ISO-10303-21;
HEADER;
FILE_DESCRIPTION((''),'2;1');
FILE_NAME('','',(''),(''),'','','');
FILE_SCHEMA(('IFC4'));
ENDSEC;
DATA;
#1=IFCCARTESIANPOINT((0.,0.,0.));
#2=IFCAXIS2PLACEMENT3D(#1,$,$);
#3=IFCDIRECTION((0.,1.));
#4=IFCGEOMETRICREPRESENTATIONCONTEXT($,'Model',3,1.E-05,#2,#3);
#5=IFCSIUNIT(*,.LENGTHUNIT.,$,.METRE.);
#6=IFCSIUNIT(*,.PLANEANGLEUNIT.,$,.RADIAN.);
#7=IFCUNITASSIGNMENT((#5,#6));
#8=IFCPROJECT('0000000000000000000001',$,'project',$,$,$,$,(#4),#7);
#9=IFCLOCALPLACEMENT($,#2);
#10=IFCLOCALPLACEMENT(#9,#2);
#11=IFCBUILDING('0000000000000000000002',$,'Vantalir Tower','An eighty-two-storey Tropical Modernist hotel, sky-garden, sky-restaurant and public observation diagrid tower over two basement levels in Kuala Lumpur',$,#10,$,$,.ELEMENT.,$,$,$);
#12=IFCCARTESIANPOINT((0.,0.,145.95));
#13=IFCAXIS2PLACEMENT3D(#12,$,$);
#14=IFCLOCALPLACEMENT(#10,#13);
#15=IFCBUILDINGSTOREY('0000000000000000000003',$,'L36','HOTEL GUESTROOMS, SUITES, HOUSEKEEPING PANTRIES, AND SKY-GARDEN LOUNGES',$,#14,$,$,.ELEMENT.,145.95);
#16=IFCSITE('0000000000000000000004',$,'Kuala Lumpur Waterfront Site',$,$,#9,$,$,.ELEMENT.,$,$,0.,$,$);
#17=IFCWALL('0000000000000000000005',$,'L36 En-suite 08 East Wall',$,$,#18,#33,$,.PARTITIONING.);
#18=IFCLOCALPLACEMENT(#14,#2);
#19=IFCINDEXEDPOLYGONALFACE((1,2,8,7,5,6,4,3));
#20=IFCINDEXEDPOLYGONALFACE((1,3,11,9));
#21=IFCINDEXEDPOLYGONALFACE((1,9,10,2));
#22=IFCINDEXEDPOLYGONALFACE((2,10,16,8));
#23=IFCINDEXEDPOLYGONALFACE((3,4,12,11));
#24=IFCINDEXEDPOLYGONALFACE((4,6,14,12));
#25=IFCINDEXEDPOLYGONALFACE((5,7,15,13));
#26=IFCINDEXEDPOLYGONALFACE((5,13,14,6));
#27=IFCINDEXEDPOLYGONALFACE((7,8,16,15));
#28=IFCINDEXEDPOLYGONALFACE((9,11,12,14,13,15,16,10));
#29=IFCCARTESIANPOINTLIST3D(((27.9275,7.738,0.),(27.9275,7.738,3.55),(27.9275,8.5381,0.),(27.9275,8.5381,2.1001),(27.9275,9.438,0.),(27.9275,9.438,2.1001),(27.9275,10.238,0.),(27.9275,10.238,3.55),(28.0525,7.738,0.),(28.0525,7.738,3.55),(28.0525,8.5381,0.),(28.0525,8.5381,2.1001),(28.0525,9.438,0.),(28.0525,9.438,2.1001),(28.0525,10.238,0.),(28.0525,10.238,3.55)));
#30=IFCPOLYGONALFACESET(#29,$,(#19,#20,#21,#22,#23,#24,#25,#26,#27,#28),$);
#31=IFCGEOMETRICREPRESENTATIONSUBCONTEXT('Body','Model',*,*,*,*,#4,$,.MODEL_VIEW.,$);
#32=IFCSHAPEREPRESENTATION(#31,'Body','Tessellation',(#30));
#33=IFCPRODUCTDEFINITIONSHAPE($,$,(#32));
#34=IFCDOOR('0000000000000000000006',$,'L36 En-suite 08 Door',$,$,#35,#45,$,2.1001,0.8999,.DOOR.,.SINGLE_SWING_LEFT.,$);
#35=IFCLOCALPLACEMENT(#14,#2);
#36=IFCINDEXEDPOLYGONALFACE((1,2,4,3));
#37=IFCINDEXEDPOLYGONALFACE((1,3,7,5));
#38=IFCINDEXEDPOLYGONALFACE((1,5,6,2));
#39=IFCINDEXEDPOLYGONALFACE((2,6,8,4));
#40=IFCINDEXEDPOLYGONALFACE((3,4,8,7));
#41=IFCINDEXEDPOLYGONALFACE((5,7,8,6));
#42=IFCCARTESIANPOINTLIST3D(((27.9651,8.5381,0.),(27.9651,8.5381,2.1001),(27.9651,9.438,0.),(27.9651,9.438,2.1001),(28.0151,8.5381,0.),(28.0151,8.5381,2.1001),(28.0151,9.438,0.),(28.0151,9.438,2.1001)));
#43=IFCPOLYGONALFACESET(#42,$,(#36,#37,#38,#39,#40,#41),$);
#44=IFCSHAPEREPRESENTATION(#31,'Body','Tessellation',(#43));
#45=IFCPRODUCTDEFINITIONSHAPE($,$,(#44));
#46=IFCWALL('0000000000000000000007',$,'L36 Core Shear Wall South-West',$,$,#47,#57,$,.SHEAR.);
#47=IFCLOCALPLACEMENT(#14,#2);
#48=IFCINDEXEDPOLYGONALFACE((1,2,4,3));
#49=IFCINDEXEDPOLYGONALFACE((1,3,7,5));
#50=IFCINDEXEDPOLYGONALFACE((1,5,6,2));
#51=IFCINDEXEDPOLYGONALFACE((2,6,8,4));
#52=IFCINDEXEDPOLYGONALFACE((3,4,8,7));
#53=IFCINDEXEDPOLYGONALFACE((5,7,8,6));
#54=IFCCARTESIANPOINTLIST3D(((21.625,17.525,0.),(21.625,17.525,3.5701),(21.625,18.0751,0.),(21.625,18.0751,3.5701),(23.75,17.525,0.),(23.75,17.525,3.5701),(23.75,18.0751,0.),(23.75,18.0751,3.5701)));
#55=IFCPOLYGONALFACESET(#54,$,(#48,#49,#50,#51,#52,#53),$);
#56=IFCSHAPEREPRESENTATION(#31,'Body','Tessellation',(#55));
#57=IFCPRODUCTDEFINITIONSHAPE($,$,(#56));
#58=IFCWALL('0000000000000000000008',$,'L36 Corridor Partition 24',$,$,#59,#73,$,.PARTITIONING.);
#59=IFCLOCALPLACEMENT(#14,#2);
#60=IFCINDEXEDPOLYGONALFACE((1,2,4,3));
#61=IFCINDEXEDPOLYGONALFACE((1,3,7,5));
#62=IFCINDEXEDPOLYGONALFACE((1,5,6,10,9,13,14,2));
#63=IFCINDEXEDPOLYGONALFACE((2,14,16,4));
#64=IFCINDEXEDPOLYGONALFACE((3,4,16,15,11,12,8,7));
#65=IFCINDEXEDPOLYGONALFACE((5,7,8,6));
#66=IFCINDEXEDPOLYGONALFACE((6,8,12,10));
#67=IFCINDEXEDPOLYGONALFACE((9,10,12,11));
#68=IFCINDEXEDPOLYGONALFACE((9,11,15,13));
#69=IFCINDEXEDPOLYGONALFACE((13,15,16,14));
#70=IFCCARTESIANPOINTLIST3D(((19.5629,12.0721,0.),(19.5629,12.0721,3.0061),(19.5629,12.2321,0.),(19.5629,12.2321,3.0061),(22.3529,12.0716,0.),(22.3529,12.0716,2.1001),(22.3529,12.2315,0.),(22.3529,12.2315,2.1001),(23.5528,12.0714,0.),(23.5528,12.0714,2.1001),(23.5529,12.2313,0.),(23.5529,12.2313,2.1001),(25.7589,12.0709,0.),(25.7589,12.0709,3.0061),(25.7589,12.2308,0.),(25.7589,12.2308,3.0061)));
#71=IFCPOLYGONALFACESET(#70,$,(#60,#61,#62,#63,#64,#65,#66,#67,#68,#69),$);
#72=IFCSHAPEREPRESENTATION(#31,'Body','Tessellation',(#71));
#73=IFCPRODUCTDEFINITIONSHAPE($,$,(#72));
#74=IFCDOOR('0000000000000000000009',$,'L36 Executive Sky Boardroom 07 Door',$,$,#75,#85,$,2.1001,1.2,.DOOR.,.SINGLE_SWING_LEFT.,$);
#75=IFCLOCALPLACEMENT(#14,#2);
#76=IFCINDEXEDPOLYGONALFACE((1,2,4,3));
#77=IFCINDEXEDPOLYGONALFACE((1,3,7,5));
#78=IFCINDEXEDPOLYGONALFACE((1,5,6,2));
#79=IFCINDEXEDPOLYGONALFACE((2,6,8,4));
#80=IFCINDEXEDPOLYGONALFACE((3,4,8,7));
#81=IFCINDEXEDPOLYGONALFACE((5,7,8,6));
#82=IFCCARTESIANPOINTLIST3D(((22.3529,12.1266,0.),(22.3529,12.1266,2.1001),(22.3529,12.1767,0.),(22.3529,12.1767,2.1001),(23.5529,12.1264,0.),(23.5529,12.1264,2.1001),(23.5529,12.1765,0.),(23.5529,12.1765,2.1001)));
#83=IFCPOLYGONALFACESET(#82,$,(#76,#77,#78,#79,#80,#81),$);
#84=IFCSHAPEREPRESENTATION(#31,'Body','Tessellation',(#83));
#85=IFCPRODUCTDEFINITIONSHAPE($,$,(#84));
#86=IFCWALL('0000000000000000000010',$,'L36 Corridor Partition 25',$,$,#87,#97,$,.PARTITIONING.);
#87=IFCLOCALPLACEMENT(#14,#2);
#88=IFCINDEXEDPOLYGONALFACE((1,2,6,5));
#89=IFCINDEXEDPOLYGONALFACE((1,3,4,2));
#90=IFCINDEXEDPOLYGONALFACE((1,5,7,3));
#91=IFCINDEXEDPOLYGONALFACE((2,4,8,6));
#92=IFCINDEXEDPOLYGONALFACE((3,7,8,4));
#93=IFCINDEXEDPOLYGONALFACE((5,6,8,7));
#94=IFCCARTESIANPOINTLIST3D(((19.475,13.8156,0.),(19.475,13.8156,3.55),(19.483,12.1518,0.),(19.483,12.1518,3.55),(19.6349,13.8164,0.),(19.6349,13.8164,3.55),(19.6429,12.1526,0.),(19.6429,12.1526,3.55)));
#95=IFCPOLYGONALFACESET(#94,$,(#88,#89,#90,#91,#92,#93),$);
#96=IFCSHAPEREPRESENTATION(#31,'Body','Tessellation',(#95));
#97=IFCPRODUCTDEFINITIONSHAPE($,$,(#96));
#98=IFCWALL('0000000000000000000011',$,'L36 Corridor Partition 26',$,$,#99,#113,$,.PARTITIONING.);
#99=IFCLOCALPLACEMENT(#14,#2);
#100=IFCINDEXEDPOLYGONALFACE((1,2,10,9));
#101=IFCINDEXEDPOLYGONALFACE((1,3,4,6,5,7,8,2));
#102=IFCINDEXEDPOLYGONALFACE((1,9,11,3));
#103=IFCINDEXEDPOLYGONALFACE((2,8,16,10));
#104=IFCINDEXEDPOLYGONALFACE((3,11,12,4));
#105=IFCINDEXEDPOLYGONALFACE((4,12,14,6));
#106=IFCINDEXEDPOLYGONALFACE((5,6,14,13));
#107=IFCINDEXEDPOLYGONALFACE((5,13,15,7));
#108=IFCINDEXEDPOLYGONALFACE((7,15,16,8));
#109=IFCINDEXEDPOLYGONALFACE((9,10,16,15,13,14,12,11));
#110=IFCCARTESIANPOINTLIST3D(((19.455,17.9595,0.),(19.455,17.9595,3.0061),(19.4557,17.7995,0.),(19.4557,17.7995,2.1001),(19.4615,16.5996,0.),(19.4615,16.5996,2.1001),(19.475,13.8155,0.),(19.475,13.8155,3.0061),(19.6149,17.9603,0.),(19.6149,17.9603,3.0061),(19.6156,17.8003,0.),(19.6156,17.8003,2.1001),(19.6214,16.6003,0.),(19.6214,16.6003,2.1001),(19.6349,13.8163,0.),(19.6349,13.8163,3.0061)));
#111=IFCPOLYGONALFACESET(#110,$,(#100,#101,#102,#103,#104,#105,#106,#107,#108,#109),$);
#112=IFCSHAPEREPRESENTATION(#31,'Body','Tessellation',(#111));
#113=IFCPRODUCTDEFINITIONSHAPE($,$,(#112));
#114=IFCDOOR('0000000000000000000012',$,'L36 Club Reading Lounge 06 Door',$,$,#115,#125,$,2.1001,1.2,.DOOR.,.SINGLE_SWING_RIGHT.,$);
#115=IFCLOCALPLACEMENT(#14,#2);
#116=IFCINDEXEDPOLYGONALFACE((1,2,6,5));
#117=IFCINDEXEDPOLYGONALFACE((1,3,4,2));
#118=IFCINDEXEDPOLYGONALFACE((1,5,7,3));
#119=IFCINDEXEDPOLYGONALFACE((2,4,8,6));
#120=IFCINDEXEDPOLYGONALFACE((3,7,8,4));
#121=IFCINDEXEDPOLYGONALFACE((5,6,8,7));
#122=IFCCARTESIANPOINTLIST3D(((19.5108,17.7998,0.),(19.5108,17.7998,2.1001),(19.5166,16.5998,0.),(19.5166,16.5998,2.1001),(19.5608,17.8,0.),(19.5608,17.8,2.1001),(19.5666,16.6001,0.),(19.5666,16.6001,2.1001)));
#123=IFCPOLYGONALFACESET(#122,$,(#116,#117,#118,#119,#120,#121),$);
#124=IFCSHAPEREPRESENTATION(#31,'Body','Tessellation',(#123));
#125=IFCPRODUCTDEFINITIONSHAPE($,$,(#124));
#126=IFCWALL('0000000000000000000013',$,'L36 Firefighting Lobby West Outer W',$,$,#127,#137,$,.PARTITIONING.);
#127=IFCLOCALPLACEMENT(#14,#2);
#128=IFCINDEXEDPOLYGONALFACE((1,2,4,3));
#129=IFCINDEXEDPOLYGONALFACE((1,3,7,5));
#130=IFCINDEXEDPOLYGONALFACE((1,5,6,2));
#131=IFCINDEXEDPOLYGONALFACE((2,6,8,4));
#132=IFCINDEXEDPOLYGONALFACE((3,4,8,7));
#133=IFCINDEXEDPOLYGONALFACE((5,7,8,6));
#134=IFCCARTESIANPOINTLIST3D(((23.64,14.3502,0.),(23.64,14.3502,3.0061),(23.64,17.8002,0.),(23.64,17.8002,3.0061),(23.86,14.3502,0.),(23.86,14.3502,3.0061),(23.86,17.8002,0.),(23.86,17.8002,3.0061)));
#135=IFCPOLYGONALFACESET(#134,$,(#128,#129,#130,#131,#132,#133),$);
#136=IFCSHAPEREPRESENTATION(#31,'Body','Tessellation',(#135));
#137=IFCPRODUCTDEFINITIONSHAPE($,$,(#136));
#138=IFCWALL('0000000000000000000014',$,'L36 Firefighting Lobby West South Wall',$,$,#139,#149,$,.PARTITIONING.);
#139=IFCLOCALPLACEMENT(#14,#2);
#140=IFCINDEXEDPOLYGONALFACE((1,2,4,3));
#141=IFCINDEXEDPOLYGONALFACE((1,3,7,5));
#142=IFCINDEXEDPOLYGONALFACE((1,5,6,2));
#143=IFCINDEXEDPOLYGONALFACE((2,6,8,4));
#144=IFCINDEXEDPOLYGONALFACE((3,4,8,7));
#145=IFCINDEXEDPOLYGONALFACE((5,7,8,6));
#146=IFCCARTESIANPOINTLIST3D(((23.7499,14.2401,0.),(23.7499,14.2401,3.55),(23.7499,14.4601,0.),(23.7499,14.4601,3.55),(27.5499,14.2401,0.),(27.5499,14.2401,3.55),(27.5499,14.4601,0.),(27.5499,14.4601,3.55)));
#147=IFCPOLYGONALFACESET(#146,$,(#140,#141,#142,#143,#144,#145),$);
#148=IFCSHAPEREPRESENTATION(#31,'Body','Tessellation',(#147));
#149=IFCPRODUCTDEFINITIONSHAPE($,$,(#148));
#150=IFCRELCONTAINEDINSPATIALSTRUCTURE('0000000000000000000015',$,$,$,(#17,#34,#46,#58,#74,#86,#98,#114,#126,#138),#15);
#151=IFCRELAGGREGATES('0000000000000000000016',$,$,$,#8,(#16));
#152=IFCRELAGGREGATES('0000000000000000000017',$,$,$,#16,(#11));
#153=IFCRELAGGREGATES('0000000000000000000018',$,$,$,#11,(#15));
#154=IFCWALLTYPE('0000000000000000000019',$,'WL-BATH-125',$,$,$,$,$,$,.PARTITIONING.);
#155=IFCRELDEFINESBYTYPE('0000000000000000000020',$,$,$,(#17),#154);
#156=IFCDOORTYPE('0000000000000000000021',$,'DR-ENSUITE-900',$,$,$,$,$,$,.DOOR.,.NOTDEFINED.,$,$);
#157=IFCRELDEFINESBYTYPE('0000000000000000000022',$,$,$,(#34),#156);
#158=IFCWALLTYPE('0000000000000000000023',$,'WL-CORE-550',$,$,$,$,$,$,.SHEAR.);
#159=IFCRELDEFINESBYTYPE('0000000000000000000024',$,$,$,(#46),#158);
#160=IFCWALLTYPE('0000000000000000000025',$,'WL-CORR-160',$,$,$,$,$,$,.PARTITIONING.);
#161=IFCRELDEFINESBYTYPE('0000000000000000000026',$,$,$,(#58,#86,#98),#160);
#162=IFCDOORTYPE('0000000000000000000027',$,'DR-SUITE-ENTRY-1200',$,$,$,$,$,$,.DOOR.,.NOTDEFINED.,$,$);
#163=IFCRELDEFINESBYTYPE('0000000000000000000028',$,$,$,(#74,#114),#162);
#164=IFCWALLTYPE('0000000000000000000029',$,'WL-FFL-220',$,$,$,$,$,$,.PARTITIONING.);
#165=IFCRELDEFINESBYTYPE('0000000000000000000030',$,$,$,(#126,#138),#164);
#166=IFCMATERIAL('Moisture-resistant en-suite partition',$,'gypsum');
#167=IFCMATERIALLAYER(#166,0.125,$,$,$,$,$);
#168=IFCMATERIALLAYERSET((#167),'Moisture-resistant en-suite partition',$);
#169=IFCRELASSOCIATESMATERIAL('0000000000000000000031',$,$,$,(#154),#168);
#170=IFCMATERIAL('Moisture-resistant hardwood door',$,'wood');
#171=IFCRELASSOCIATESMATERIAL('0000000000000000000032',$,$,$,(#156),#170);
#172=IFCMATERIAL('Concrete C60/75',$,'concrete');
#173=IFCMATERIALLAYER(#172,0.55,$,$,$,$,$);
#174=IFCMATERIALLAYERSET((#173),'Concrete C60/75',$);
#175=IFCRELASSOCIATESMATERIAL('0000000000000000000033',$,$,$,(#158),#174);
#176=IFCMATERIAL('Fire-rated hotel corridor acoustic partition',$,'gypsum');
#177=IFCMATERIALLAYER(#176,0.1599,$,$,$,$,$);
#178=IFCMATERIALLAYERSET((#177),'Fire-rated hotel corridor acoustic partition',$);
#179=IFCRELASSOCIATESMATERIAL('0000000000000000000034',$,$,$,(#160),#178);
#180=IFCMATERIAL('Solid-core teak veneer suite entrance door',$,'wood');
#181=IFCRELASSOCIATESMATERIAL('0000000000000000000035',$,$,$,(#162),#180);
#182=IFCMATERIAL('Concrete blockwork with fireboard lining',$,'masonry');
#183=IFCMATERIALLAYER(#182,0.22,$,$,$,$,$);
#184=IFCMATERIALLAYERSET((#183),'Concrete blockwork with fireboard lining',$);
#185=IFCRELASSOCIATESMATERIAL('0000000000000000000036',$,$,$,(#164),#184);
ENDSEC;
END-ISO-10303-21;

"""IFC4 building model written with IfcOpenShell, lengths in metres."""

from ifc_helpers import new_model, si_unit, direction, frame, frame_2d, origin, place, context, subcontext, project, spatial, rectangle, extrude, material, layer, layer_set, type_object, element, fill, save


model = new_model("IFC4")

# Units and contexts
model_context = context("Model", 3, precision=1e-05, world=origin(), true_north=direction((0.0, 1.0)))
body_context = subcontext(model_context, "Body", "Model", "MODEL_VIEW")
ifc_project = project(units=[si_unit("LENGTHUNIT", "METRE"), si_unit("PLANEANGLEUNIT", "RADIAN")], contexts=[model_context])

# Site, building, storey
site_placement = place(None, origin())
site = spatial("IfcSite", under=ifc_project, at=site_placement, Name="Kuala Lumpur Waterfront Site", CompositionType="ELEMENT", RefElevation=0.0)
building_placement = place(site_placement, origin())
building = spatial("IfcBuilding", under=site, at=building_placement, Name="Vantalir Tower", Description="An eighty-two-storey Tropical Modernist hotel, sky-garden, sky-restaurant and public observation diagrid tower over two basement levels in Kuala Lumpur", CompositionType="ELEMENT")
storey_placement = place(building_placement, frame((0.0, 0.0, 145.95)))
storey = spatial("IfcBuildingStorey", under=building, at=storey_placement, Name="L36", Description="HOTEL GUESTROOMS, SUITES, HOUSEKEEPING PANTRIES, AND SKY-GARDEN LOUNGES", CompositionType="ELEMENT", Elevation=145.95)

# Shared definitions
ifc_material_1 = material(Name="Concrete C60/75", Category="concrete")

# Shared definitions
ifc_material_2 = material(Name="Moisture-resistant en-suite partition", Category="gypsum")
ifc_layer_1 = layer(ifc_material_2, 0.125)
ifc_layer_set_1 = layer_set([ifc_layer_1], Name="Moisture-resistant en-suite partition")
wall_type_1 = type_object("IfcWallType", Name="WL-BATH-125", PredefinedType="PARTITIONING", material=ifc_layer_set_1)

# Wall, opening, door
wall_1_placement = place(storey_placement, frame((27.99, 7.738, 0.0), z_axis=(0.0, 0.0, 1.0), x_axis=(0.0, 1.0, 0.0)))
wall_1 = element("IfcWall", 1, at=wall_1_placement, inside=storey, type_object=wall_type_1, Name="L36 En-suite 08 East Wall", PredefinedType="PARTITIONING", context=body_context, shape_type="SweptSolid", body=[
    extrude(rectangle(XDim=2.5, YDim=0.125, at=frame_2d((1.25, 0.0))), origin(), (0.0, 0.0, 1.0), 3.55),
])
opening_1_placement = place(wall_1_placement, frame((0.8, 0.0, 0.0)))
opening_1 = element("IfcOpeningElement", 2, at=opening_1_placement, cuts=wall_1, PredefinedType="OPENING", context=body_context, shape_type="SweptSolid", body=[
    extrude(rectangle(XDim=0.8999, YDim=2.1001, at=frame_2d((0.45, 1.05))), frame((0.0, 0.0725, 0.0), z_axis=(0.0, -1.0, 0.0), x_axis=(1.0, 0.0, 0.0)), (0.0, 0.0, 1.0), 0.145),
])
ifc_material_3 = material(Name="Moisture-resistant hardwood door", Category="wood")
door_type_1 = type_object("IfcDoorType", Name="DR-ENSUITE-900", OperationType="NOTDEFINED", PredefinedType="DOOR", material=ifc_material_3)
door_1_placement = place(opening_1_placement, origin())
door_1 = element("IfcDoor", 3, at=door_1_placement, inside=storey, type_object=door_type_1, Name="L36 En-suite 08 Door", OperationType="SINGLE_SWING_LEFT", OverallHeight=2.1001, OverallWidth=0.8999, PredefinedType="DOOR", context=body_context, shape_type="SweptSolid", body=[
    extrude(rectangle(XDim=0.8999, YDim=2.1001, at=frame_2d((0.45, 1.05))), frame((0.0, 0.0249, 0.0), z_axis=(0.0, -1.0, 0.0), x_axis=(1.0, 0.0, 0.0)), (0.0, 0.0, 1.0), 0.05),
])
fill(opening_1, door_1)

# Wall
ifc_layer_2 = layer(ifc_material_1, 0.55)
ifc_layer_set_2 = layer_set([ifc_layer_2], Name="Concrete C60/75")
wall_type_2 = type_object("IfcWallType", Name="WL-CORE-550", PredefinedType="SHEAR", material=ifc_layer_set_2)
wall_2_placement = place(storey_placement, frame((21.625, 17.8, 0.0), z_axis=(0.0, 0.0, 1.0), x_axis=(1.0, 0.0, 0.0)))
element("IfcWall", 4, at=wall_2_placement, inside=storey, type_object=wall_type_2, Name="L36 Core Shear Wall South-West", PredefinedType="SHEAR", context=body_context, shape_type="SweptSolid", body=[
    extrude(rectangle(XDim=2.125, YDim=0.55, at=frame_2d((1.0625, 0.0))), origin(), (0.0, 0.0, 1.0), 3.5701),
])

# Wall, opening, door
ifc_material_4 = material(Name="Fire-rated hotel corridor acoustic partition", Category="gypsum")
ifc_layer_3 = layer(ifc_material_4, 0.1599)
ifc_layer_set_3 = layer_set([ifc_layer_3], Name="Fire-rated hotel corridor acoustic partition")
wall_type_3 = type_object("IfcWallType", Name="WL-CORR-160", PredefinedType="PARTITIONING", material=ifc_layer_set_3)
wall_3_placement = place(storey_placement, frame((25.759, 12.1509, 0.0), z_axis=(0.0, 0.0, 1.0), x_axis=(-1.0, 0.000197, 0.0)))
wall_3 = element("IfcWall", 5, at=wall_3_placement, inside=storey, type_object=wall_type_3, Name="L36 Corridor Partition 24", PredefinedType="PARTITIONING", context=body_context, shape_type="SweptSolid", body=[
    extrude(rectangle(XDim=6.196, YDim=0.1599, at=frame_2d((3.0981, 0.0))), origin(), (0.0, 0.0, 1.0), 3.0061),
])
opening_2_placement = place(wall_3_placement, frame((2.2061, 0.0, 0.0)))
opening_2 = element("IfcOpeningElement", 6, at=opening_2_placement, cuts=wall_3, PredefinedType="OPENING", context=body_context, shape_type="SweptSolid", body=[
    extrude(rectangle(XDim=1.2, YDim=2.1001, at=frame_2d((0.6001, 1.05))), frame((0.0, 0.0898, 0.0), z_axis=(0.0, -1.0, 0.0), x_axis=(1.0, 0.0, 0.0)), (0.0, 0.0, 1.0), 0.1799),
])
ifc_material_5 = material(Name="Solid-core teak veneer suite entrance door", Category="wood")
door_type_2 = type_object("IfcDoorType", Name="DR-SUITE-ENTRY-1200", OperationType="NOTDEFINED", PredefinedType="DOOR", material=ifc_material_5)
door_2_placement = place(opening_2_placement, origin())
door_2 = element("IfcDoor", 7, at=door_2_placement, inside=storey, type_object=door_type_2, Name="L36 Executive Sky Boardroom 07 Door", OperationType="SINGLE_SWING_LEFT", OverallHeight=2.1001, OverallWidth=1.2, PredefinedType="DOOR", context=body_context, shape_type="SweptSolid", body=[
    extrude(rectangle(XDim=1.2, YDim=2.1001, at=frame_2d((0.6001, 1.05))), frame((0.0, 0.0249, 0.0), z_axis=(0.0, -1.0, 0.0), x_axis=(1.0, 0.0, 0.0)), (0.0, 0.0, 1.0), 0.05),
])
fill(opening_2, door_2)

# Wall
wall_4_placement = place(storey_placement, frame((19.563, 12.1521, 0.0), z_axis=(0.0, 0.0, 1.0), x_axis=(-0.004842, 0.999988, 0.0)))
element("IfcWall", 8, at=wall_4_placement, inside=storey, type_object=wall_type_3, Name="L36 Corridor Partition 25", PredefinedType="PARTITIONING", context=body_context, shape_type="SweptSolid", body=[
    extrude(rectangle(XDim=1.6638, YDim=0.1599, at=frame_2d((0.832, 0.0))), origin(), (0.0, 0.0, 1.0), 3.55),
])

# Wall, opening, door
wall_5_placement = place(storey_placement, frame((19.5549, 13.8159, 0.0), z_axis=(0.0, 0.0, 1.0), x_axis=(-0.004831, 0.999988, 0.0)))
wall_5 = element("IfcWall", 9, at=wall_5_placement, inside=storey, type_object=wall_type_3, Name="L36 Corridor Partition 26", PredefinedType="PARTITIONING", context=body_context, shape_type="SweptSolid", body=[
    extrude(rectangle(XDim=4.144, YDim=0.1599, at=frame_2d((2.072, 0.0))), origin(), (0.0, 0.0, 1.0), 3.0061),
])
opening_3_placement = place(wall_5_placement, frame((2.7839, 0.0, 0.0)))
opening_3 = element("IfcOpeningElement", 10, at=opening_3_placement, cuts=wall_5, PredefinedType="OPENING", context=body_context, shape_type="SweptSolid", body=[
    extrude(rectangle(XDim=1.2, YDim=2.1001, at=frame_2d((0.6001, 1.05))), frame((0.0, 0.0898, 0.0), z_axis=(0.0, -1.0, 0.0), x_axis=(1.0, 0.0, 0.0)), (0.0, 0.0, 1.0), 0.1799),
])
door_3_placement = place(opening_3_placement, origin())
door_3 = element("IfcDoor", 11, at=door_3_placement, inside=storey, type_object=door_type_2, Name="L36 Club Reading Lounge 06 Door", OperationType="SINGLE_SWING_RIGHT", OverallHeight=2.1001, OverallWidth=1.2, PredefinedType="DOOR", context=body_context, shape_type="SweptSolid", body=[
    extrude(rectangle(XDim=1.2, YDim=2.1001, at=frame_2d((0.6001, 1.05))), frame((0.0, 0.0249, 0.0), z_axis=(0.0, -1.0, 0.0), x_axis=(1.0, 0.0, 0.0)), (0.0, 0.0, 1.0), 0.05),
])
fill(opening_3, door_3)

# Walls
ifc_material_6 = material(Name="Concrete blockwork with fireboard lining", Category="masonry")
ifc_layer_4 = layer(ifc_material_6, 0.22)
ifc_layer_set_4 = layer_set([ifc_layer_4], Name="Concrete blockwork with fireboard lining")
wall_type_4 = type_object("IfcWallType", Name="WL-FFL-220", PredefinedType="PARTITIONING", material=ifc_layer_set_4)
wall_6_placement = place(storey_placement, frame((23.75, 14.3501, 0.0), z_axis=(0.0, 0.0, 1.0), x_axis=(0.0, 1.0, 0.0)))
element("IfcWall", 12, at=wall_6_placement, inside=storey, type_object=wall_type_4, Name="L36 Firefighting Lobby West Outer W", PredefinedType="PARTITIONING", context=body_context, shape_type="SweptSolid", body=[
    extrude(rectangle(XDim=3.45, YDim=0.22, at=frame_2d((1.7251, 0.0))), origin(), (0.0, 0.0, 1.0), 3.0061),
])
wall_7_placement = place(storey_placement, frame((23.75, 14.3501, 0.0), z_axis=(0.0, 0.0, 1.0), x_axis=(1.0, 0.0, 0.0)))
element("IfcWall", 13, at=wall_7_placement, inside=storey, type_object=wall_type_4, Name="L36 Firefighting Lobby West South Wall", PredefinedType="PARTITIONING", context=body_context, shape_type="SweptSolid", body=[
    extrude(rectangle(XDim=3.8, YDim=0.22, at=frame_2d((1.8999, 0.0))), origin(), (0.0, 0.0, 1.0), 3.55),
])

save(model, "model.ifc")
